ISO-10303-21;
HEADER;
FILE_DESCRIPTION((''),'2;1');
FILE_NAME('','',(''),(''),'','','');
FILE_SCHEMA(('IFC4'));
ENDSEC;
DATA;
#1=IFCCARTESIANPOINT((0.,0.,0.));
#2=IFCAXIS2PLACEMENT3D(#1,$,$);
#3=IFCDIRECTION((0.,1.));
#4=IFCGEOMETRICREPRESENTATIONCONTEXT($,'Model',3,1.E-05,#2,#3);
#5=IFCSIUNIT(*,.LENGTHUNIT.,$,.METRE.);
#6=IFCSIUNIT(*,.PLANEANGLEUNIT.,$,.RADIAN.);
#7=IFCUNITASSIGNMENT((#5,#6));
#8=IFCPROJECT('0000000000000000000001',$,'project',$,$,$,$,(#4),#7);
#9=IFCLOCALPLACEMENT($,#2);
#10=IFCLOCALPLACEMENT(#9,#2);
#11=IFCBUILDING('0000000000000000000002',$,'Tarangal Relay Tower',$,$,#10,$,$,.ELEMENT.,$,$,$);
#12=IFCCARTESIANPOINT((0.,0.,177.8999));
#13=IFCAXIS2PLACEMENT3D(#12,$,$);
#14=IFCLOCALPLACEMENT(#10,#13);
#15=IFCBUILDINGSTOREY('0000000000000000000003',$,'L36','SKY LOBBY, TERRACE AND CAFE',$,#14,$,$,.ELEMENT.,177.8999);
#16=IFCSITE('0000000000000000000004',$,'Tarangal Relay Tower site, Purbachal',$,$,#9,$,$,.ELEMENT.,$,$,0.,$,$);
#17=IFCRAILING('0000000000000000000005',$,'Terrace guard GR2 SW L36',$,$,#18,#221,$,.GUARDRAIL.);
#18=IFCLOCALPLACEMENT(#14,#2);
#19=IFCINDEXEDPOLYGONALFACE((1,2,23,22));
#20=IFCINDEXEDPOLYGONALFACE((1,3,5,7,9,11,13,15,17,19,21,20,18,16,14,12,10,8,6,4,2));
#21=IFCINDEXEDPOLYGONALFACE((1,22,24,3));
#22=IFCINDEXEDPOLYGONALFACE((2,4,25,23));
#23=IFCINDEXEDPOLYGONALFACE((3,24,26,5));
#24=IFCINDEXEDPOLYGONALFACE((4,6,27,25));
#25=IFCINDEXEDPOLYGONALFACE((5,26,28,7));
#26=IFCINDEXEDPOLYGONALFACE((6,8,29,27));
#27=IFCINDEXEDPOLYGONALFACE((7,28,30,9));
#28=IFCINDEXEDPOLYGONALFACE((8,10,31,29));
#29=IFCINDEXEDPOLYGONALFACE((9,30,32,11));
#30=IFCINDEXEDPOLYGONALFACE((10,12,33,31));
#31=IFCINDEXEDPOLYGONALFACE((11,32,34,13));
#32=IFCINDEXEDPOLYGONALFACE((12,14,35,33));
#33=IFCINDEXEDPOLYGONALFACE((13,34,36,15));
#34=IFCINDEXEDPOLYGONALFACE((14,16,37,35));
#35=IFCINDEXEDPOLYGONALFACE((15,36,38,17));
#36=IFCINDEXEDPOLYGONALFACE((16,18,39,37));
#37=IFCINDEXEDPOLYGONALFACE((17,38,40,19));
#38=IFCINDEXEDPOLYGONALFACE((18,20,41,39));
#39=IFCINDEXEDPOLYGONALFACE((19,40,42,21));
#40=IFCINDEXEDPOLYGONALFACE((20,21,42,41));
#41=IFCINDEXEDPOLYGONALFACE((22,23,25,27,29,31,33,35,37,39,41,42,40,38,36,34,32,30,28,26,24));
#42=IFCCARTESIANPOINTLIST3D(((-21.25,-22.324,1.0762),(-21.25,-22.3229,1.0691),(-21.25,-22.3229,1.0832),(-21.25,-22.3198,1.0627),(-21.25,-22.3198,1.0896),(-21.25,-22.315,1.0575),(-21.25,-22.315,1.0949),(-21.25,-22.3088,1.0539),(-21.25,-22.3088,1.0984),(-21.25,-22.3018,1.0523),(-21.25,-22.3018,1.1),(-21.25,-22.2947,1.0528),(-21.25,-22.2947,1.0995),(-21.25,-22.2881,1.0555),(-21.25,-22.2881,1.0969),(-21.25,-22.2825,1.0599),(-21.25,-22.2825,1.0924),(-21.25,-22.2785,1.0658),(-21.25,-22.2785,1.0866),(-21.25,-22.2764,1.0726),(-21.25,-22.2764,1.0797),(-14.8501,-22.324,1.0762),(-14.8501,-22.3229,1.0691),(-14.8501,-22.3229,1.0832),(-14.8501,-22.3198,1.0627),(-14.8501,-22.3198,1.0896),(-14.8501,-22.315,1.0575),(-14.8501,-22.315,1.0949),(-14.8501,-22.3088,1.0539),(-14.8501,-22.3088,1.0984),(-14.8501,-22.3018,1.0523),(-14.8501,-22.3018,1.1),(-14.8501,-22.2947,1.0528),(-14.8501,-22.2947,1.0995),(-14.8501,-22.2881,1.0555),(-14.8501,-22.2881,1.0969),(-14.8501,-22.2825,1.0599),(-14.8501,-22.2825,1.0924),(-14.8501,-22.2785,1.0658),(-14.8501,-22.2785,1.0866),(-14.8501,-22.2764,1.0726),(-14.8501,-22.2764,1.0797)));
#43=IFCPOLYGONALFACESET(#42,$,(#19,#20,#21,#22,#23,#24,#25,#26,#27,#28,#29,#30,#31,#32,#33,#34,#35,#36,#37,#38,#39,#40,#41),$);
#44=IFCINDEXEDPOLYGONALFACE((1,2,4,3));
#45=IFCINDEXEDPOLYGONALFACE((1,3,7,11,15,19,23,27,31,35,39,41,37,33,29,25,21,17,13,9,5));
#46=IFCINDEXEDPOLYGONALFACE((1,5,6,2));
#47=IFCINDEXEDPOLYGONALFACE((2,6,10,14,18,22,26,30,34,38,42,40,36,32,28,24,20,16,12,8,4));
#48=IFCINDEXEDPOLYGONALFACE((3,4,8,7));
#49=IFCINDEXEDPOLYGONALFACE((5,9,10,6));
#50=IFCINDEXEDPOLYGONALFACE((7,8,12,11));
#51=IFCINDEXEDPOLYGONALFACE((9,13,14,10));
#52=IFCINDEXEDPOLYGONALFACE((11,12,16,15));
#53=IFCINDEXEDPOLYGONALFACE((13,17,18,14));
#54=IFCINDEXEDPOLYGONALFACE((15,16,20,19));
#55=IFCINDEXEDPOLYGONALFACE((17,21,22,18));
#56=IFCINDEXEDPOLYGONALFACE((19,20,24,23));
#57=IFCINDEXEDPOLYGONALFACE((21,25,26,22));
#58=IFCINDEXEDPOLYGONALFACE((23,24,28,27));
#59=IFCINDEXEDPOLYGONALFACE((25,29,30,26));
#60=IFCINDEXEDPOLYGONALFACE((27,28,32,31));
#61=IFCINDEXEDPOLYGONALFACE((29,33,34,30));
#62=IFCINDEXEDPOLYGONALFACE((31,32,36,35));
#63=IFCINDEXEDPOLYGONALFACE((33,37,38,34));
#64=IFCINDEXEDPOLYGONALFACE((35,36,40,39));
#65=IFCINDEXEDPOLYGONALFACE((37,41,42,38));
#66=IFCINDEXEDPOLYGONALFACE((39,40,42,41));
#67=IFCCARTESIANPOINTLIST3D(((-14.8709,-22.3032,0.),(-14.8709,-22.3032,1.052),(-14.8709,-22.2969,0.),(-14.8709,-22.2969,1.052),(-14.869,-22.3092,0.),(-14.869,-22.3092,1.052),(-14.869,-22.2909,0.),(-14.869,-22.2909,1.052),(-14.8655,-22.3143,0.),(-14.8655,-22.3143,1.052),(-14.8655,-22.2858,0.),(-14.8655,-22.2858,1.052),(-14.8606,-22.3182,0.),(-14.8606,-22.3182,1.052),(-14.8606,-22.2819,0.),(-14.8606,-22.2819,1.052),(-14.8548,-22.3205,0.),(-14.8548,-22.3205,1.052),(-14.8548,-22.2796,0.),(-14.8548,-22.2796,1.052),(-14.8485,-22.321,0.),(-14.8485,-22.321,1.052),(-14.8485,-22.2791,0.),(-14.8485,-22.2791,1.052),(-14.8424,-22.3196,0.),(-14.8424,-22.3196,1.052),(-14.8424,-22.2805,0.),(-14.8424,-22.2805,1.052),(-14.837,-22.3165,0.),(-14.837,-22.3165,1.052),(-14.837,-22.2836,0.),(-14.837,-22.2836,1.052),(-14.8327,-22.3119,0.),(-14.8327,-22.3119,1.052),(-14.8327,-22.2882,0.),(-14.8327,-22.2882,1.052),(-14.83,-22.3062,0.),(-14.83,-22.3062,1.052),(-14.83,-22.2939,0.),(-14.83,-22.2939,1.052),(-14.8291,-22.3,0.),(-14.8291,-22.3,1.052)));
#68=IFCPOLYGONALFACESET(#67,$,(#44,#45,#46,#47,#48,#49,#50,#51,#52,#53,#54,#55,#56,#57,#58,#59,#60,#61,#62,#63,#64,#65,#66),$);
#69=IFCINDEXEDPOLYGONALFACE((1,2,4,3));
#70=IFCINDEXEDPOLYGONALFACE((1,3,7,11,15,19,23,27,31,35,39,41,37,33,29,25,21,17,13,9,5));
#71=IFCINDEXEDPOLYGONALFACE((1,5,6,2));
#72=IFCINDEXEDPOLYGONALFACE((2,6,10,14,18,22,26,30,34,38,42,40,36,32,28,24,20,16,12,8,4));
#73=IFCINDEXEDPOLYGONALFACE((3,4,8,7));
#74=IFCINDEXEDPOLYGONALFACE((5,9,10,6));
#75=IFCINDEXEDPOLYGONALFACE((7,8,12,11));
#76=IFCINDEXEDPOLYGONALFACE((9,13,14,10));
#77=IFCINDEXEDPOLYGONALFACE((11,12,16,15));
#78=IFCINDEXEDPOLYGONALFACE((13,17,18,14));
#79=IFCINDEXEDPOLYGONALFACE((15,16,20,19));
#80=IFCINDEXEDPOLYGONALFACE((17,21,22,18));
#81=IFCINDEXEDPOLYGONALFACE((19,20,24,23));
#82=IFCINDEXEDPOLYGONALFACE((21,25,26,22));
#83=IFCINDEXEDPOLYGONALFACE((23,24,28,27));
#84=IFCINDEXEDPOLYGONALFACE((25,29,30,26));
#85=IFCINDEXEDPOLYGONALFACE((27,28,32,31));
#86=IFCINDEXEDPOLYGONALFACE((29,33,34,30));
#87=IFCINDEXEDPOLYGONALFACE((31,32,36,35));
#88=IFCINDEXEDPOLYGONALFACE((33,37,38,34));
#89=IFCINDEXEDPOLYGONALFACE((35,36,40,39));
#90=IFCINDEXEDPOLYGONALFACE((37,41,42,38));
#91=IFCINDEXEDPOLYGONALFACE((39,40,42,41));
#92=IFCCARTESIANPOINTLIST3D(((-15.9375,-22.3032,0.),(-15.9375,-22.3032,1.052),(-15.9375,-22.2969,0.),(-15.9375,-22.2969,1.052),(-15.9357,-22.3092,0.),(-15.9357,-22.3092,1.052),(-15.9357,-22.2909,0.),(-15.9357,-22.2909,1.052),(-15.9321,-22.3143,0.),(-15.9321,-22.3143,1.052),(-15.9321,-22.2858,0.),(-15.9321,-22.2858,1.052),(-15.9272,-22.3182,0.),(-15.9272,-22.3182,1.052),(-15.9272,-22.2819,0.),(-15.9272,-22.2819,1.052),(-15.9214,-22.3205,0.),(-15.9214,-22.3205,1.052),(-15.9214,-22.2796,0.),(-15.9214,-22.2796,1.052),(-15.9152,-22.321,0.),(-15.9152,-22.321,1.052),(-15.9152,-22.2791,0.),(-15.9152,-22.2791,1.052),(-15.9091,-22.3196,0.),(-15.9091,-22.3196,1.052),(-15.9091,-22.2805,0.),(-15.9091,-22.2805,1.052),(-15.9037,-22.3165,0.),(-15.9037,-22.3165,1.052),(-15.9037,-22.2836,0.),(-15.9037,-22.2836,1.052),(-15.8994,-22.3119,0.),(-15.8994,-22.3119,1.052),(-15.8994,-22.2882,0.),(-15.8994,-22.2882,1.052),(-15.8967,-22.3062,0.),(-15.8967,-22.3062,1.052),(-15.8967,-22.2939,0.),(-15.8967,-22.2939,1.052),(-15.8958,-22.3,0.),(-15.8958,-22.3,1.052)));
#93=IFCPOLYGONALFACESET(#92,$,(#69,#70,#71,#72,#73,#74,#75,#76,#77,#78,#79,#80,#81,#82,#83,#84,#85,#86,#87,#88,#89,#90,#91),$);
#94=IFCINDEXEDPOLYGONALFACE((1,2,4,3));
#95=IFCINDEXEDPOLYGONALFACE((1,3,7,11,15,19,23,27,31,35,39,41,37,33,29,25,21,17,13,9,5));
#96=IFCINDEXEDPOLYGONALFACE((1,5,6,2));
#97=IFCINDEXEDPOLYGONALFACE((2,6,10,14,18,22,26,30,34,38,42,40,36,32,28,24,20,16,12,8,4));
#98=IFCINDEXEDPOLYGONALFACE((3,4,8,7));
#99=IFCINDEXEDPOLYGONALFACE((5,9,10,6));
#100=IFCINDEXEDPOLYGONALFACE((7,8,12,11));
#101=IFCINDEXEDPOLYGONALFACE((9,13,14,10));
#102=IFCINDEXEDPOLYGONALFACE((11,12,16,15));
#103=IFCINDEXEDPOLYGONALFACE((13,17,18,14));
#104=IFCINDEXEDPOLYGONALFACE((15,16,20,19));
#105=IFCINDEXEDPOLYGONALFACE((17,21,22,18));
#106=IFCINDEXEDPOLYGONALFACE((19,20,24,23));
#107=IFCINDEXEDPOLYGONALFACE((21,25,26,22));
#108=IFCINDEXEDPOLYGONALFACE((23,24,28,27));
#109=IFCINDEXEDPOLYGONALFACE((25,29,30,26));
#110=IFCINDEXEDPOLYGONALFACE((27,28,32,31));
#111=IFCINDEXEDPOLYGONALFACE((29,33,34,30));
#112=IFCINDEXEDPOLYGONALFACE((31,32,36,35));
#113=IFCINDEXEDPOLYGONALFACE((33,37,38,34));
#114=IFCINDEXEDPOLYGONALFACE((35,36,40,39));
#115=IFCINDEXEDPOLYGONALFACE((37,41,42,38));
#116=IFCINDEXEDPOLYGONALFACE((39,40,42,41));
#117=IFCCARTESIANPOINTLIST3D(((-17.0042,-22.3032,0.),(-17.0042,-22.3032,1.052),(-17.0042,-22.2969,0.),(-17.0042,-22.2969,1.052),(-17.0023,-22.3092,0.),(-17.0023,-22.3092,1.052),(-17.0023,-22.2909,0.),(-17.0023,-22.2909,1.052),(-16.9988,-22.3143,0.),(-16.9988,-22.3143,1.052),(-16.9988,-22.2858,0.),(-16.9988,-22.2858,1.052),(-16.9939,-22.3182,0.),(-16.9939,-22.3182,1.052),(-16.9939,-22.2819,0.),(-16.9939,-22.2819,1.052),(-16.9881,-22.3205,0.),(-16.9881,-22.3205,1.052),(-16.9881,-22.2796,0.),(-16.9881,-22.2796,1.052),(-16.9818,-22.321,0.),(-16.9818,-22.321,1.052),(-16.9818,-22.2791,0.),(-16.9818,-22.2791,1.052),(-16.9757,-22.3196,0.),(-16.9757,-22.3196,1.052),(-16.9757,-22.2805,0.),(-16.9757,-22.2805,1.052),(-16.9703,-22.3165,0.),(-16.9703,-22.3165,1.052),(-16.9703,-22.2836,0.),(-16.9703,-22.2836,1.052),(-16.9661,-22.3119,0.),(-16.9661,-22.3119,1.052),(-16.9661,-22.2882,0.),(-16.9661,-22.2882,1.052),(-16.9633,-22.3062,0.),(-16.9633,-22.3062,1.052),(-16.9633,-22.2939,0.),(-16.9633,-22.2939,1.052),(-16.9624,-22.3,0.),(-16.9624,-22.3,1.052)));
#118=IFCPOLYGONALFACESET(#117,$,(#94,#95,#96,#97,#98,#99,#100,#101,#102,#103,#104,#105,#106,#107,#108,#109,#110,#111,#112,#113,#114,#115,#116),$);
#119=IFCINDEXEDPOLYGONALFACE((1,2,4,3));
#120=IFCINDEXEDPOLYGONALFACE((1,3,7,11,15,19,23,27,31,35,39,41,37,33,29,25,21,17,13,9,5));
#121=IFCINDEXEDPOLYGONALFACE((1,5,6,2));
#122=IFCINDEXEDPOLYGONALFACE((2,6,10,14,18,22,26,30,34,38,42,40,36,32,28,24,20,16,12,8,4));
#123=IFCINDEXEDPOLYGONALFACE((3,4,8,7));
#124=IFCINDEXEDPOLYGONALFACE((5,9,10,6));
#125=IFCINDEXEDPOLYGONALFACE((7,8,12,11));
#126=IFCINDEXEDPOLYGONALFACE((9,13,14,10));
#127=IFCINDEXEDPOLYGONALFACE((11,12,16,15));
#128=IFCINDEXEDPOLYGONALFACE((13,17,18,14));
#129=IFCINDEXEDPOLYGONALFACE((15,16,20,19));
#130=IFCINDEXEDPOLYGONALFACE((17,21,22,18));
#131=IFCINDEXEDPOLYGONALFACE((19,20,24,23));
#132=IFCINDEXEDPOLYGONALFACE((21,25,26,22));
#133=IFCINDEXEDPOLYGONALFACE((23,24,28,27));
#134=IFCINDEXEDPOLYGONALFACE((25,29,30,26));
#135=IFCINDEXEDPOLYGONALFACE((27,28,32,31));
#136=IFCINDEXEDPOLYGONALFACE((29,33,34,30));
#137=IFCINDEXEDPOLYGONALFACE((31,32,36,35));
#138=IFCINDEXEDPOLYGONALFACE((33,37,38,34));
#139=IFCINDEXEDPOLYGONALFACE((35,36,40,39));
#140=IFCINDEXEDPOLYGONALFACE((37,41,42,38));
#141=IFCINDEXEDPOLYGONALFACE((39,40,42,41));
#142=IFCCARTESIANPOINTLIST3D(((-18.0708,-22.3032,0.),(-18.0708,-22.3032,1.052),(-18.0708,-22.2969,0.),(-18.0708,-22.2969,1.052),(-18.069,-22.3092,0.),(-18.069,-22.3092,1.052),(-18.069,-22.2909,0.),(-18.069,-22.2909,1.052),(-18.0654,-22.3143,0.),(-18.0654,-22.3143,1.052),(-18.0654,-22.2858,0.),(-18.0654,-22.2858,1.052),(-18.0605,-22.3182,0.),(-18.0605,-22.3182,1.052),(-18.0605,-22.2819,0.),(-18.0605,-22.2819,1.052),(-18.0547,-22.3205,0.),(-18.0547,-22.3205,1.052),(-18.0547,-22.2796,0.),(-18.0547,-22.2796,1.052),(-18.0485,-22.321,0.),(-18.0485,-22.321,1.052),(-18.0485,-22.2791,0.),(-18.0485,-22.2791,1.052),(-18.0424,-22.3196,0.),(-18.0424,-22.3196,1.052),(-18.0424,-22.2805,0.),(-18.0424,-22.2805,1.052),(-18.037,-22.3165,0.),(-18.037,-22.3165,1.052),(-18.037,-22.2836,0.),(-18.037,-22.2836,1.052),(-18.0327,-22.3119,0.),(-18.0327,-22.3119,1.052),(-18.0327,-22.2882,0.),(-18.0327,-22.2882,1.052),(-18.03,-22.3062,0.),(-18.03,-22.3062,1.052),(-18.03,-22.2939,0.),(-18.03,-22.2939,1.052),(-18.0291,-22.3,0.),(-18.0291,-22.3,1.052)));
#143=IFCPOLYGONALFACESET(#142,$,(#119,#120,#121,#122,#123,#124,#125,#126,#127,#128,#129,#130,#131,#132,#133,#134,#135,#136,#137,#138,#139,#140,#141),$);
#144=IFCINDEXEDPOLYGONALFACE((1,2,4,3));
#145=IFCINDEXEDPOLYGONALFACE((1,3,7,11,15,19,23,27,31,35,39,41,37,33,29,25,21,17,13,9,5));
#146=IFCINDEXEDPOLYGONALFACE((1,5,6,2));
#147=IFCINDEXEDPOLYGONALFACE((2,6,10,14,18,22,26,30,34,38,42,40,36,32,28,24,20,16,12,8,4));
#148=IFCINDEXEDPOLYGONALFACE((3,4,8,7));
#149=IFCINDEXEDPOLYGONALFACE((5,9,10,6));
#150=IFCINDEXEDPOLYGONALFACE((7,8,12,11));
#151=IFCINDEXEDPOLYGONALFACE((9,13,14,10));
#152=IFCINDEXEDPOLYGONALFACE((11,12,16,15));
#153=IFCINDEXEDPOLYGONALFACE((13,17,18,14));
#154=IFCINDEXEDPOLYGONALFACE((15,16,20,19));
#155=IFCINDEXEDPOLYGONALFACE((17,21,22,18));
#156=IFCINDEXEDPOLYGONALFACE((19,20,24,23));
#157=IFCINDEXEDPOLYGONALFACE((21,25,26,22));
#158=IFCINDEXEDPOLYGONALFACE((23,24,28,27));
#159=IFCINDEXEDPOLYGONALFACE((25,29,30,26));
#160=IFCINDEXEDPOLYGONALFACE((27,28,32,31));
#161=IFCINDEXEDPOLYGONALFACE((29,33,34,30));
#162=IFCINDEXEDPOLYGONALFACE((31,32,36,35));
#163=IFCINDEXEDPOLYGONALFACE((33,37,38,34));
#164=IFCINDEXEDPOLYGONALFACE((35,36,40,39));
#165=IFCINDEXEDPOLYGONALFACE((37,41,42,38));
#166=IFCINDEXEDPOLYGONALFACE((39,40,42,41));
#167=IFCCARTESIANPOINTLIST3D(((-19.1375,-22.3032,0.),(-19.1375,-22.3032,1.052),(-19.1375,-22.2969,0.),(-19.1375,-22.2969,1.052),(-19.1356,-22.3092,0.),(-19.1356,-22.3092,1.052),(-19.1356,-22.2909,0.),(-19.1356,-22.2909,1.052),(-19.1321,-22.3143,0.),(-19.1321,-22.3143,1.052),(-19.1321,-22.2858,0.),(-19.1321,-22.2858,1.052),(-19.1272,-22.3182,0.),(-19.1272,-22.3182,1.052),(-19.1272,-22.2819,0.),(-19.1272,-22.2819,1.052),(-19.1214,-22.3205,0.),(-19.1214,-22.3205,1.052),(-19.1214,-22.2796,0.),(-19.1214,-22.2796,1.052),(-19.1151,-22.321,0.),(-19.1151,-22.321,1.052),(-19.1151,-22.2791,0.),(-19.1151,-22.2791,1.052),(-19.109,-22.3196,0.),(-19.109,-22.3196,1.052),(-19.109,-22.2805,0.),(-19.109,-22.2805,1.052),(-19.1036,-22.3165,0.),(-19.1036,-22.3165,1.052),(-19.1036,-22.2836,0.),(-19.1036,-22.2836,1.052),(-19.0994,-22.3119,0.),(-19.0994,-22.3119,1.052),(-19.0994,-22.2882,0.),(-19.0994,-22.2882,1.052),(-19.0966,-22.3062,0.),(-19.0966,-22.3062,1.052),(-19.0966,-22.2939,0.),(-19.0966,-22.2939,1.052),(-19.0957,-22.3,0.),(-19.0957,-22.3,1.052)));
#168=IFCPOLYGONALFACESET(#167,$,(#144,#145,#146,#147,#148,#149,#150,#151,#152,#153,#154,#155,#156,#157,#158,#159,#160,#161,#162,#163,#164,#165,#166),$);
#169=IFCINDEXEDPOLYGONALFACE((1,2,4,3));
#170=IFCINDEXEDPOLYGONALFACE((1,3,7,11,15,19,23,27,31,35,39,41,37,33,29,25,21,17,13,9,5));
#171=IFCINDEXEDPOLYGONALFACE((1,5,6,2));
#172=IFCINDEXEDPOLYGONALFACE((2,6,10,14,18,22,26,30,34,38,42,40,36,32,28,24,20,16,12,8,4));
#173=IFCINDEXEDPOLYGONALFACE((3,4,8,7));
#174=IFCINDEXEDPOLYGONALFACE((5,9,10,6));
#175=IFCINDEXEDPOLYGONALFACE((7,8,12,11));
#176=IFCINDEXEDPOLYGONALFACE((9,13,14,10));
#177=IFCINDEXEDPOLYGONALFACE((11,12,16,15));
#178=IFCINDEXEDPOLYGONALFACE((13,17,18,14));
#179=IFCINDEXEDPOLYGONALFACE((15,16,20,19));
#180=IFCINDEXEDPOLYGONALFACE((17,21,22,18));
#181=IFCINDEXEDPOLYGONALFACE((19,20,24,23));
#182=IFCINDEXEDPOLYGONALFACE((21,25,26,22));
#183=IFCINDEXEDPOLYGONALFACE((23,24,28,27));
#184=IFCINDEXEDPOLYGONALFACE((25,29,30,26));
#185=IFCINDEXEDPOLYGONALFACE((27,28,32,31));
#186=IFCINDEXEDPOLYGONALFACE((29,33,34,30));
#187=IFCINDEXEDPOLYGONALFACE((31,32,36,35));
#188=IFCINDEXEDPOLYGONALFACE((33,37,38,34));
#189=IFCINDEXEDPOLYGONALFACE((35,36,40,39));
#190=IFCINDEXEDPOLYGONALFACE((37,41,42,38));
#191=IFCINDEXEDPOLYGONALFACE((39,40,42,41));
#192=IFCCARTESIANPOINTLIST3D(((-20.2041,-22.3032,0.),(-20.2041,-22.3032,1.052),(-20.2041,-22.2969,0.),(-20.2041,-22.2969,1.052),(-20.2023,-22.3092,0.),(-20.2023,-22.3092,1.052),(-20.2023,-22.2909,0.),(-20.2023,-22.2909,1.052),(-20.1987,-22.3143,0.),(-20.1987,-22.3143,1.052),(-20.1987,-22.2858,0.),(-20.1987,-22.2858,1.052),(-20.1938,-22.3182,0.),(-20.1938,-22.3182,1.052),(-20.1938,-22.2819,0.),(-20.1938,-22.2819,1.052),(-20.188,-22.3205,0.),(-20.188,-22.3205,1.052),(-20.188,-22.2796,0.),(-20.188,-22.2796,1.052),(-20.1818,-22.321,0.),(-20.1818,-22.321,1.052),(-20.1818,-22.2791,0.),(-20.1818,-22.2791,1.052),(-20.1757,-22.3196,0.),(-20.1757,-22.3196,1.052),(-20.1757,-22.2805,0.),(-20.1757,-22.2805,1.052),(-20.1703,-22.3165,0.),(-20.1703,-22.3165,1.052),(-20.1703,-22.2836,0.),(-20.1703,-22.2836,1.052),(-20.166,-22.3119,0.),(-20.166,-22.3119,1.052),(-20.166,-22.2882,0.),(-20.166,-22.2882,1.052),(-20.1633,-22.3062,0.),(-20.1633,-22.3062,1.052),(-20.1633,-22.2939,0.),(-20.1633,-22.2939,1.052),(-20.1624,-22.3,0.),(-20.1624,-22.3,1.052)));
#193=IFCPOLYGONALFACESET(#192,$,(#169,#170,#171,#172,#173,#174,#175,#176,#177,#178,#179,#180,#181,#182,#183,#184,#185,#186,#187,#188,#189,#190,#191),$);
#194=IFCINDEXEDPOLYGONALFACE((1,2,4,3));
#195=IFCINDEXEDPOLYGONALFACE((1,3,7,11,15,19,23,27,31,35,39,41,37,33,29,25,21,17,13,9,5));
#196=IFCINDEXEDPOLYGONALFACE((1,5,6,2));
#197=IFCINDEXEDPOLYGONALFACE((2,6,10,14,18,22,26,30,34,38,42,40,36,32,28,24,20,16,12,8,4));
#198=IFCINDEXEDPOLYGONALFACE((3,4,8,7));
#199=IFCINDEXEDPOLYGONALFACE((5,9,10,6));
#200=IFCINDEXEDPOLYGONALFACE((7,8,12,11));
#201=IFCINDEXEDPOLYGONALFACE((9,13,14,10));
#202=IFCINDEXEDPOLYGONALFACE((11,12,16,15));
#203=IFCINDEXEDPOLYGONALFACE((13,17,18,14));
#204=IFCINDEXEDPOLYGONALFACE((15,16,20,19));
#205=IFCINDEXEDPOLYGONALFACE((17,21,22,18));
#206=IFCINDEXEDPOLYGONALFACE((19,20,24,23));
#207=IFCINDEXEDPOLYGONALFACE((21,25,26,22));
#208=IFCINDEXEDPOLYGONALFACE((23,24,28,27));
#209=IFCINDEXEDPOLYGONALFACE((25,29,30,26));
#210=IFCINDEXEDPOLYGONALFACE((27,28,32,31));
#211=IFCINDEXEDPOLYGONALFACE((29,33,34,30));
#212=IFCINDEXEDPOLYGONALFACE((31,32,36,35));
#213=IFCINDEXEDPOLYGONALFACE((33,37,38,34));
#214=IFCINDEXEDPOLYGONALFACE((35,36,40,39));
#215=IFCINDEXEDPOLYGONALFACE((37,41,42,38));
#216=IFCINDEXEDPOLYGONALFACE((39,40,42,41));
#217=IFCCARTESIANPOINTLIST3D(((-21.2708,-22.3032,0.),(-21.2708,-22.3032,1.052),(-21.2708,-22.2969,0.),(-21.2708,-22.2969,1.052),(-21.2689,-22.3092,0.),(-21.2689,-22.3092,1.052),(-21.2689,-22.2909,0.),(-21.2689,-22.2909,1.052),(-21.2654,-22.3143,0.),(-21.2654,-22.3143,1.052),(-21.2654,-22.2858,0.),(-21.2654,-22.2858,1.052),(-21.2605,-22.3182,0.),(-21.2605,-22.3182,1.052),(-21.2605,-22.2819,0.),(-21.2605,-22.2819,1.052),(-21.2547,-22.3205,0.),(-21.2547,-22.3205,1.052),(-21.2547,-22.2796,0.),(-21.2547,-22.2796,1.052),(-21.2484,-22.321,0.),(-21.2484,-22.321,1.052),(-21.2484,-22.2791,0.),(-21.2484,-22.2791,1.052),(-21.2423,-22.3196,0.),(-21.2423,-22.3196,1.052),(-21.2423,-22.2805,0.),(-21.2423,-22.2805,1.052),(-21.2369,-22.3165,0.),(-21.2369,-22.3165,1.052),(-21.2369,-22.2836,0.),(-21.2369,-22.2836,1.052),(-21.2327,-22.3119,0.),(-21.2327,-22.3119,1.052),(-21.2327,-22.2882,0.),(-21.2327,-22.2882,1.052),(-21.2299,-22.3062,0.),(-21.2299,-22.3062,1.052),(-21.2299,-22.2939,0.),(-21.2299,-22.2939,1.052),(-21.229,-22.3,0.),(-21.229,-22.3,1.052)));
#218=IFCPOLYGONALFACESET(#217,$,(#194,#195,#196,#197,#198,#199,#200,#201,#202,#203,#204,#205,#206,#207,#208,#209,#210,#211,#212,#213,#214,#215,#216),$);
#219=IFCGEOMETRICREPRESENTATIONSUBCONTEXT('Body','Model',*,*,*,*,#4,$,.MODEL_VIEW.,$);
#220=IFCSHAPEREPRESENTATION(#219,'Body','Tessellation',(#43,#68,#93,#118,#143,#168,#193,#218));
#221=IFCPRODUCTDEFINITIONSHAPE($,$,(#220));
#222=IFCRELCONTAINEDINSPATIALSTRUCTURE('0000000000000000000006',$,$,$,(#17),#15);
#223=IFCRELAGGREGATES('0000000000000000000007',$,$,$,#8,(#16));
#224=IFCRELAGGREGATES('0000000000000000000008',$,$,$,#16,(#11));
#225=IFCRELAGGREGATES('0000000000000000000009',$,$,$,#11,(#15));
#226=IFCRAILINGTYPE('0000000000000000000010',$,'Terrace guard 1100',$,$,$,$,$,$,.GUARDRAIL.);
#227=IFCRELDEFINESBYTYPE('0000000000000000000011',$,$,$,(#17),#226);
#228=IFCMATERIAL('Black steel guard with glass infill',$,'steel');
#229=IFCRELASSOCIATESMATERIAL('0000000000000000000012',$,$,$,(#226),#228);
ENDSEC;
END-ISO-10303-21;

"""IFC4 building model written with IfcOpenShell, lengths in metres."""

from ifc_helpers import new_model, si_unit, direction, frame, origin, origin_2d, place, context, subcontext, project, spatial, circle, extrude, material, type_object, element, save


model = new_model("IFC4")

# Units and contexts
model_context = context("Model", 3, precision=1e-05, world=origin(), true_north=direction((0.0, 1.0)))
body_context = subcontext(model_context, "Body", "Model", "MODEL_VIEW")
ifc_project = project(units=[si_unit("LENGTHUNIT", "METRE"), si_unit("PLANEANGLEUNIT", "RADIAN")], contexts=[model_context])

# Site, building, storey
site_placement = place(None, origin())
site = spatial("IfcSite", under=ifc_project, at=site_placement, Name="Tarangal Relay Tower site, Purbachal", CompositionType="ELEMENT", RefElevation=0.0)
building_placement = place(site_placement, origin())
building = spatial("IfcBuilding", under=site, at=building_placement, Name="Tarangal Relay Tower", CompositionType="ELEMENT")
storey_placement = place(building_placement, frame((0.0, 0.0, 177.8999)))
storey = spatial("IfcBuildingStorey", under=building, at=storey_placement, Name="L36", Description="SKY LOBBY, TERRACE AND CAFE", CompositionType="ELEMENT", Elevation=177.8999)

# Railing
ifc_material_1 = material(Name="Black steel guard with glass infill", Category="steel")
railing_type = type_object("IfcRailingType", Name="Terrace guard 1100", PredefinedType="GUARDRAIL", material=ifc_material_1)
railing_1_placement = place(storey_placement, frame((-14.8501, -22.3, 0.0)))
element("IfcRailing", 1, at=railing_1_placement, inside=storey, type_object=railing_type, Name="Terrace guard GR2 SW L36", PredefinedType="GUARDRAIL", context=body_context, shape_type="SweptSolid", body=[
    extrude(circle(Radius=0.0239, at=origin_2d()), frame((0.0, 0.0, 1.0762), z_axis=(-1.0, 0.0, 0.0), x_axis=(0.0, -1.0, 0.0)), (0.0, 0.0, 1.0), 6.3999),
    extrude(circle(Radius=0.021, at=origin_2d()), origin(), (0.0, 0.0, 1.0), 1.052),
    extrude(circle(Radius=0.021, at=origin_2d()), frame((-1.0667, 0.0, 0.0)), (0.0, 0.0, 1.0), 1.052),
    extrude(circle(Radius=0.021, at=origin_2d()), frame((-2.1333, 0.0, 0.0)), (0.0, 0.0, 1.0), 1.052),
    extrude(circle(Radius=0.021, at=origin_2d()), frame((-3.2, 0.0, 0.0)), (0.0, 0.0, 1.0), 1.052),
    extrude(circle(Radius=0.021, at=origin_2d()), frame((-4.2666, 0.0, 0.0)), (0.0, 0.0, 1.0), 1.052),
    extrude(circle(Radius=0.021, at=origin_2d()), frame((-5.3333, 0.0, 0.0)), (0.0, 0.0, 1.0), 1.052),
    extrude(circle(Radius=0.021, at=origin_2d()), frame((-6.3999, 0.0, 0.0)), (0.0, 0.0, 1.0), 1.052),
])

save(model, "model.ifc")
